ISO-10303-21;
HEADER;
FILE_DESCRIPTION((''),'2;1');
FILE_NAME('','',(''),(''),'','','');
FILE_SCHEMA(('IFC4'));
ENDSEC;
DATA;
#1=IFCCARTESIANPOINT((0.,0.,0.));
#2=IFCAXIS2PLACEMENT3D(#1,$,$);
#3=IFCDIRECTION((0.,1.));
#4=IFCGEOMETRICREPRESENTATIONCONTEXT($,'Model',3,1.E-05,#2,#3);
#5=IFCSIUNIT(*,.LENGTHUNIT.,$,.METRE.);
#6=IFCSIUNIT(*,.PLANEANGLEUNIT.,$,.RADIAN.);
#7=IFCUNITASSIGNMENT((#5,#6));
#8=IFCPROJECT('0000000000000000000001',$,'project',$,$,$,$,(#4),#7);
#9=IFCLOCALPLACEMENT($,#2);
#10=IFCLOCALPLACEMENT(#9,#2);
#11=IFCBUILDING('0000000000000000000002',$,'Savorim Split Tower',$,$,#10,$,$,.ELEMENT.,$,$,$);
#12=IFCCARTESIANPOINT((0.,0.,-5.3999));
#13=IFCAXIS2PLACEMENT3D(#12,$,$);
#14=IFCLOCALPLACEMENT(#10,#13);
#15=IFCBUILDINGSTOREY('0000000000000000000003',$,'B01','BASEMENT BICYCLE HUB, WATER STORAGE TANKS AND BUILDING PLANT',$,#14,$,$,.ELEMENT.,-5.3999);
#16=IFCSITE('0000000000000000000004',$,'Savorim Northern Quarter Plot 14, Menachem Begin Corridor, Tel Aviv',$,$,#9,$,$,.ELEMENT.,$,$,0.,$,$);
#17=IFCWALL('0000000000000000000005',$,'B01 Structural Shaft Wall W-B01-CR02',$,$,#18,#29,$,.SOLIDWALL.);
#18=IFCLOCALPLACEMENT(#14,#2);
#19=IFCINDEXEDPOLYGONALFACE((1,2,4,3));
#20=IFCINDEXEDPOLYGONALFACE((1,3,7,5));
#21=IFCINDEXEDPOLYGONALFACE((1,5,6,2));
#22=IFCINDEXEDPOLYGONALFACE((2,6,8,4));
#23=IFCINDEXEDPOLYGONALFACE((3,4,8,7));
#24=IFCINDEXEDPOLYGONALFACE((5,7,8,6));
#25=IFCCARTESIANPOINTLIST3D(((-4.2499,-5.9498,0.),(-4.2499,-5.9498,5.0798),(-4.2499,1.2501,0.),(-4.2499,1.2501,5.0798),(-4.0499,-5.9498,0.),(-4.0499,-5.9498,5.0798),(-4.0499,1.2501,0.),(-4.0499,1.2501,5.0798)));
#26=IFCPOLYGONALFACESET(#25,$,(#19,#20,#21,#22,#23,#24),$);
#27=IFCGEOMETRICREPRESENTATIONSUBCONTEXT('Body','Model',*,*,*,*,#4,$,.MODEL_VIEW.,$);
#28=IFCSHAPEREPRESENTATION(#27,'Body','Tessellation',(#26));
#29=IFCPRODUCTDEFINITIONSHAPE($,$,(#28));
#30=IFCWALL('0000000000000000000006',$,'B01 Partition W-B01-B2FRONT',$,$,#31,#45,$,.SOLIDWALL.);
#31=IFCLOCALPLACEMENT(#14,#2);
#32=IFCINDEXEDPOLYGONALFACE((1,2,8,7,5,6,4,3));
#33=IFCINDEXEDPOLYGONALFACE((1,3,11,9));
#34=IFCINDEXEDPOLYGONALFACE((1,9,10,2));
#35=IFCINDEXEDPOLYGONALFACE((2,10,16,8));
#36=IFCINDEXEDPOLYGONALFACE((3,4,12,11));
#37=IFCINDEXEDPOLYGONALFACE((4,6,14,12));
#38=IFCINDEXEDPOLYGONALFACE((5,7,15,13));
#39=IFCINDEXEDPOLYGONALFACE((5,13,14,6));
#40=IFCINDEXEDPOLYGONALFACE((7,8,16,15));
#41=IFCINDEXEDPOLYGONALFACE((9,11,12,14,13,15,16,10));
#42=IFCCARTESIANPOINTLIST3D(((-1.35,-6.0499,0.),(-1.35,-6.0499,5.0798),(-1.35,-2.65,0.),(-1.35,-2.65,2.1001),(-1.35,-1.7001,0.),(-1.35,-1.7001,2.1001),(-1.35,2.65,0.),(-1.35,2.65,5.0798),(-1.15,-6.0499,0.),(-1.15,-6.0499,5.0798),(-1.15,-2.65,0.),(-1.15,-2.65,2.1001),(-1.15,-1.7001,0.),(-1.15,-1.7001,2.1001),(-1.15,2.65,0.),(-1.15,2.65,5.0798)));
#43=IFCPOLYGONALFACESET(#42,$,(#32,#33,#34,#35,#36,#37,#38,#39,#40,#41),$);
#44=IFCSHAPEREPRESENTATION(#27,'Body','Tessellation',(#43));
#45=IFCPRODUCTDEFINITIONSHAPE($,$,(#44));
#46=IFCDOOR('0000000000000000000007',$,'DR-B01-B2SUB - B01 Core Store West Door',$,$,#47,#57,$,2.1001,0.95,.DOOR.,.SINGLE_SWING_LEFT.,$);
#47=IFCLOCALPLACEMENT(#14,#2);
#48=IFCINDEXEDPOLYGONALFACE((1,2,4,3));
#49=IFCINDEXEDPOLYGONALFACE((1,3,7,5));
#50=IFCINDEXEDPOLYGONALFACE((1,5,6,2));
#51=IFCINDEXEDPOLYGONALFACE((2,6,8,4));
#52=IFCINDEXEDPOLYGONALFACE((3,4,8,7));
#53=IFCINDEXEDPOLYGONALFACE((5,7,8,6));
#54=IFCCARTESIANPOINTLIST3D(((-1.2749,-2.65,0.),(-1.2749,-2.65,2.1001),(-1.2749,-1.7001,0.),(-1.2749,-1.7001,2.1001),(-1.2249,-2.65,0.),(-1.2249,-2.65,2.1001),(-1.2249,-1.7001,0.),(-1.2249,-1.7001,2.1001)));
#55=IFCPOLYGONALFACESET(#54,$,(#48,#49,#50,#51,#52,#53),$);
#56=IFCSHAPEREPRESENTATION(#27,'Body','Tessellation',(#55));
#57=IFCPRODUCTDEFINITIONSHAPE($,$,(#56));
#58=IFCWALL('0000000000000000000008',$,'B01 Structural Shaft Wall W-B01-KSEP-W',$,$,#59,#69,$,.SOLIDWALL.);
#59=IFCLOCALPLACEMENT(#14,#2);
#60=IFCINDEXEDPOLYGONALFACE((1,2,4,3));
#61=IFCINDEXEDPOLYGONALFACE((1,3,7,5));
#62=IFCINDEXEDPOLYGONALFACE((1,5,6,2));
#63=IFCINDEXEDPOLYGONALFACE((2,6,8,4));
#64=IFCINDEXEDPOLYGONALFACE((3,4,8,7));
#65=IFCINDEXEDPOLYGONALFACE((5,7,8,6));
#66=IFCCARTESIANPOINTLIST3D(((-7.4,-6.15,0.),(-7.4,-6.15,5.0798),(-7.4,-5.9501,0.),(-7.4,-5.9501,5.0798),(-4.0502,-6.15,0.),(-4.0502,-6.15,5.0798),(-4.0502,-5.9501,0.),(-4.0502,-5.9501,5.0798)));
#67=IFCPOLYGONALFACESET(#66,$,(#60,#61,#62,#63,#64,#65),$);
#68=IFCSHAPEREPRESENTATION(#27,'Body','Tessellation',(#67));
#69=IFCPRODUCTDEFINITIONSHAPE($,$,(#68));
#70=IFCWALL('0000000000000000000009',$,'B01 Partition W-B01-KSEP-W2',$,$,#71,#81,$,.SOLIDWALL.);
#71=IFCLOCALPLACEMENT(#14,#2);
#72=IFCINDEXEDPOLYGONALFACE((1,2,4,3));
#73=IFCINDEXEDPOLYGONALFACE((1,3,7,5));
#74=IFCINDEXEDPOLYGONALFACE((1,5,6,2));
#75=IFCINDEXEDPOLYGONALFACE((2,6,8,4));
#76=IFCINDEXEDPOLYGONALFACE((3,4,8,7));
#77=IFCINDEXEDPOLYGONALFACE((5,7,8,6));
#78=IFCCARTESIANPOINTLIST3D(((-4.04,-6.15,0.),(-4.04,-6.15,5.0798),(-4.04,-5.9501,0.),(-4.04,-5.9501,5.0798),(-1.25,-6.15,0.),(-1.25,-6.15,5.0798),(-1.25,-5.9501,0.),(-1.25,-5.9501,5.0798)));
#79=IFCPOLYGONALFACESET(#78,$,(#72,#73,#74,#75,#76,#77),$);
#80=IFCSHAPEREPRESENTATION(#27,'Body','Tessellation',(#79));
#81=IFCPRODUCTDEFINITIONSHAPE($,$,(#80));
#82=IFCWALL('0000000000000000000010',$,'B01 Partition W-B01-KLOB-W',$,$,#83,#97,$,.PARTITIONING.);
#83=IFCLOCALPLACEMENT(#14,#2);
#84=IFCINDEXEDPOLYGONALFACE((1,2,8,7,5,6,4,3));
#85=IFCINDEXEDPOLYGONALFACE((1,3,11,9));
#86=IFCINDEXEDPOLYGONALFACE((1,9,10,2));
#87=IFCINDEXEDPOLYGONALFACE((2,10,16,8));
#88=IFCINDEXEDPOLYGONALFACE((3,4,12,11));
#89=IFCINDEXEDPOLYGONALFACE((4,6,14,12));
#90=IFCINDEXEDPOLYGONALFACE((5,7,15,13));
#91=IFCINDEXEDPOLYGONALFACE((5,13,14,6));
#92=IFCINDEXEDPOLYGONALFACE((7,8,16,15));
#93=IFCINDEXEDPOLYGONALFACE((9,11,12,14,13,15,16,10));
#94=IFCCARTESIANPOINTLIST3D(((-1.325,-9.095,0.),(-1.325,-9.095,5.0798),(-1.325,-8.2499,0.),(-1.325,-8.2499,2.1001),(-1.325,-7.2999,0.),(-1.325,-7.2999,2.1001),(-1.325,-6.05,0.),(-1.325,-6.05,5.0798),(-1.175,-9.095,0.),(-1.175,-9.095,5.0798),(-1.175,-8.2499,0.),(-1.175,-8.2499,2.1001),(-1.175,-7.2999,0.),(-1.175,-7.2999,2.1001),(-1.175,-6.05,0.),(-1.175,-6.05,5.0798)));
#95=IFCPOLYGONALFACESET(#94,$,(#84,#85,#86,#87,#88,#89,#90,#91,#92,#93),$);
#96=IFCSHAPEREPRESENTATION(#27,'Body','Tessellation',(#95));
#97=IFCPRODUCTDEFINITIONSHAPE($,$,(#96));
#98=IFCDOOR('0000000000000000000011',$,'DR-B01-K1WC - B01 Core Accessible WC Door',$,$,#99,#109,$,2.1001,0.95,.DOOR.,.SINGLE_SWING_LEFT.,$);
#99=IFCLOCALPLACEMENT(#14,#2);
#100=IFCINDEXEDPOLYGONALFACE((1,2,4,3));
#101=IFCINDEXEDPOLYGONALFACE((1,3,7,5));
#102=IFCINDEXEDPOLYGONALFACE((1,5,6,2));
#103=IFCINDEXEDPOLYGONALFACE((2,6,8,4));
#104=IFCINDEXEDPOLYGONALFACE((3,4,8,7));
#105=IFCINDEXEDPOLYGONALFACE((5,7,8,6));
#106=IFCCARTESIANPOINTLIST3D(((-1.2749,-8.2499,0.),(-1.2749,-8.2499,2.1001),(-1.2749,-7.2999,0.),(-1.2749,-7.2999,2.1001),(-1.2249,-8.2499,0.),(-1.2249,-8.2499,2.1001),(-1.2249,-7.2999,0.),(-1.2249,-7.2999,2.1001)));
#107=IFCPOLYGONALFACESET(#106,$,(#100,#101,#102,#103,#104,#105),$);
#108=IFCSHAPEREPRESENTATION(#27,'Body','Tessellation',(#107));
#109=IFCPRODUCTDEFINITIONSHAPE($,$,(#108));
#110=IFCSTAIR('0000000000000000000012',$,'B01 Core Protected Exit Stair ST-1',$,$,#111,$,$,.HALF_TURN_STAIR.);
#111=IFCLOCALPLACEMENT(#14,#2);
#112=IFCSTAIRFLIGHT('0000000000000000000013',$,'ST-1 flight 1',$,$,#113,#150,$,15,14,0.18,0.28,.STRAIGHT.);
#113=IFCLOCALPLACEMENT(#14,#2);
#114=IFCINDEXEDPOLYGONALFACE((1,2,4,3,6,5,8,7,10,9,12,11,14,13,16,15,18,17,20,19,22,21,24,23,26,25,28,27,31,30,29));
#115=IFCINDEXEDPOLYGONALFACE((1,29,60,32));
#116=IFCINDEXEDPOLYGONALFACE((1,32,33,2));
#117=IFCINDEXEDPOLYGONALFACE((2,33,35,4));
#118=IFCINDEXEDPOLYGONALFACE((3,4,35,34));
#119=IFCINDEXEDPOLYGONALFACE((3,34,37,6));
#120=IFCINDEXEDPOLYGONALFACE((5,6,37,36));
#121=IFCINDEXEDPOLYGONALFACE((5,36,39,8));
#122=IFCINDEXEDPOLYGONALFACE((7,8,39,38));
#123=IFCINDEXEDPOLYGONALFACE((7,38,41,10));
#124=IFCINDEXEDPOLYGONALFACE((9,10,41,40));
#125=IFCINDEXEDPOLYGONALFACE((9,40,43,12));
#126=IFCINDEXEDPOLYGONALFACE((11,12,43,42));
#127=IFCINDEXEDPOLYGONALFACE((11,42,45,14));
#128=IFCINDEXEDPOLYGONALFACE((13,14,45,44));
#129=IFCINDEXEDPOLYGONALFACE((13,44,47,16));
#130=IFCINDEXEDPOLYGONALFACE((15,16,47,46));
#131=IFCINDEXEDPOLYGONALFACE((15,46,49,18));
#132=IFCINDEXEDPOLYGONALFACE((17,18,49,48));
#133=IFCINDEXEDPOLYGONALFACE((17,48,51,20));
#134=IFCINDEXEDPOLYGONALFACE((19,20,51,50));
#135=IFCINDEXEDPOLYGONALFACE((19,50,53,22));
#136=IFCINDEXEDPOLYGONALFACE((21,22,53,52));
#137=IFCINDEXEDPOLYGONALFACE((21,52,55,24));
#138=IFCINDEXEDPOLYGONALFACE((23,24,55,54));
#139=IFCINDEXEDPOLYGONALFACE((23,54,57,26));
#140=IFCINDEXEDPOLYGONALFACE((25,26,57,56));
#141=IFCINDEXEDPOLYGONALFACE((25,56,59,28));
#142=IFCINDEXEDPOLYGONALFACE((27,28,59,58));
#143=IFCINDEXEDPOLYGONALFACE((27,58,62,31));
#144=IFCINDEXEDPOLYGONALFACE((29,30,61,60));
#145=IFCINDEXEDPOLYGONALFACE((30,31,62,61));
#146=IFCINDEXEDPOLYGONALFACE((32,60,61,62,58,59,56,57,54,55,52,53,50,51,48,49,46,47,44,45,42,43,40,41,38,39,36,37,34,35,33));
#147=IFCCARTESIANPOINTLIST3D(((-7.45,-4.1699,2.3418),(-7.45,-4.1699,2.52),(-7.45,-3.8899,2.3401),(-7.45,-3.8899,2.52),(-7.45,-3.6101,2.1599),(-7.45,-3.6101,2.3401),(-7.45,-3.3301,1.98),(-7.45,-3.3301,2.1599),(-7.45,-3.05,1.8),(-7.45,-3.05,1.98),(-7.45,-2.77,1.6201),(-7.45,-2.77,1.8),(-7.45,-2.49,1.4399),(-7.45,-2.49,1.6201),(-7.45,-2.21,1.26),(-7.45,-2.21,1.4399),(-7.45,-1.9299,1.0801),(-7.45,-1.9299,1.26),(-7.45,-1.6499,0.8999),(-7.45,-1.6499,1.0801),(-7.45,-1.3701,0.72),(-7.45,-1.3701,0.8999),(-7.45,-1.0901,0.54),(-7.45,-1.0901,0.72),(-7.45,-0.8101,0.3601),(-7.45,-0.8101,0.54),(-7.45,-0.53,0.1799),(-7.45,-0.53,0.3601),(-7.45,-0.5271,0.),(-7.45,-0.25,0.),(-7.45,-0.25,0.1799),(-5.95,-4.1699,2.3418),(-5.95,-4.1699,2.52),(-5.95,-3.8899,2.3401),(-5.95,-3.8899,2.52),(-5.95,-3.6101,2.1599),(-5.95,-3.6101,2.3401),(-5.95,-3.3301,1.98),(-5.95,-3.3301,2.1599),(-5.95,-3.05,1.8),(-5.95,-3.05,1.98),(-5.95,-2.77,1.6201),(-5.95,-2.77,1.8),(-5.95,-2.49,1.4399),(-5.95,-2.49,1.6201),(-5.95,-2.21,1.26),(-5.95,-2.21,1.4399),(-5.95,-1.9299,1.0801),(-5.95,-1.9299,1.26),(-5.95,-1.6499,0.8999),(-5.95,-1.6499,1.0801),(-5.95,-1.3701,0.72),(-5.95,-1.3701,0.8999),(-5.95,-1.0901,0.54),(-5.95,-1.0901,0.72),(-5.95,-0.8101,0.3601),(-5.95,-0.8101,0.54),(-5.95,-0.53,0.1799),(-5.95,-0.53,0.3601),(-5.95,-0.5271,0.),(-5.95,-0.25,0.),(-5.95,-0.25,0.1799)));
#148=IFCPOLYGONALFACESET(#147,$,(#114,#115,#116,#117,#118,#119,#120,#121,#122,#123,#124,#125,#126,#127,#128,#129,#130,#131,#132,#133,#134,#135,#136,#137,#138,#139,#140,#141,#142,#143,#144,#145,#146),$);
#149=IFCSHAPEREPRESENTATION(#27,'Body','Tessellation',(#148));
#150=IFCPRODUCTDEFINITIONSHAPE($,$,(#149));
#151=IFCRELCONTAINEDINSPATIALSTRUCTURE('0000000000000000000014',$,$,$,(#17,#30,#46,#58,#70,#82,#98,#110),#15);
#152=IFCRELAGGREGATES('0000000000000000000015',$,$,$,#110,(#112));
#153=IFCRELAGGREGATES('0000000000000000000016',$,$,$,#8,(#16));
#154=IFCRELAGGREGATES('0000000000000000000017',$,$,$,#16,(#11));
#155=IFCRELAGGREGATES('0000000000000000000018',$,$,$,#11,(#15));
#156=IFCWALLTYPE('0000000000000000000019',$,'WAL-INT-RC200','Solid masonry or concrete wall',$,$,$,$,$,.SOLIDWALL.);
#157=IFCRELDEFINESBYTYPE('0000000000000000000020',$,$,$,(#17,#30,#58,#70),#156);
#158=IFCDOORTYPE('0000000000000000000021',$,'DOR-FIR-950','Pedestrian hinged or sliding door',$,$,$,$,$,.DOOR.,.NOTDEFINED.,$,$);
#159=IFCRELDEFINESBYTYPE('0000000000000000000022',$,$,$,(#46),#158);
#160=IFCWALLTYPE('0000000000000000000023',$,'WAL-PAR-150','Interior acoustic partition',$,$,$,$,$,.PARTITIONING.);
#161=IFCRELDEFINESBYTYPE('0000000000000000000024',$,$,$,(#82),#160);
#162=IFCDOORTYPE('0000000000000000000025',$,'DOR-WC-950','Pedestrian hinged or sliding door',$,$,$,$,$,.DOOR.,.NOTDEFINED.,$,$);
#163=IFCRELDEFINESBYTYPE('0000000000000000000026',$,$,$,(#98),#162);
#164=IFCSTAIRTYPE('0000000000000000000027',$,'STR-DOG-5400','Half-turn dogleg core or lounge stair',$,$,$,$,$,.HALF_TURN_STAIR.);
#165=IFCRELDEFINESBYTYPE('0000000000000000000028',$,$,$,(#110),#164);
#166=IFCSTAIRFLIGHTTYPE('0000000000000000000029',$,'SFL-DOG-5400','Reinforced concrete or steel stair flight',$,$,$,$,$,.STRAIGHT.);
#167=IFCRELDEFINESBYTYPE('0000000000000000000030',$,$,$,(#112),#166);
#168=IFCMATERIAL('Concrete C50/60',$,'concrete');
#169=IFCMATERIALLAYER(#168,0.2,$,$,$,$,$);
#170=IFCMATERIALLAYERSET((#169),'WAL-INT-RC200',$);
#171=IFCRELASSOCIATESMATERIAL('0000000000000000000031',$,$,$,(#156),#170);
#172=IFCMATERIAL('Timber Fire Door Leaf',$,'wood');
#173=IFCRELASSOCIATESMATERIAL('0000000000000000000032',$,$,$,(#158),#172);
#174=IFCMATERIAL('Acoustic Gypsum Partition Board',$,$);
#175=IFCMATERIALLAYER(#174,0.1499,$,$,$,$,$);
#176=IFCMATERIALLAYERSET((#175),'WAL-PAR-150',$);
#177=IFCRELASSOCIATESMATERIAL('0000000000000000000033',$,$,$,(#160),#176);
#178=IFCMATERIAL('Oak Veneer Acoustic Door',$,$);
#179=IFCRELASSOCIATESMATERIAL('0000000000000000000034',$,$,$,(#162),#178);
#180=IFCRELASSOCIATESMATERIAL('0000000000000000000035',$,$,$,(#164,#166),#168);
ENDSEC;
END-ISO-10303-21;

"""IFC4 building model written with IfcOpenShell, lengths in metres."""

from ifc_helpers import new_model, si_unit, direction, frame, frame_2d, origin, place, context, subcontext, project, spatial, polyline, rectangle, outline, extrude, material, layer, layer_set, type_object, element, fill, aggregate, save


model = new_model("IFC4")

# Units and contexts
model_context = context("Model", 3, precision=1e-05, world=origin(), true_north=direction((0.0, 1.0)))
body_context = subcontext(model_context, "Body", "Model", "MODEL_VIEW")
ifc_project = project(units=[si_unit("LENGTHUNIT", "METRE"), si_unit("PLANEANGLEUNIT", "RADIAN")], contexts=[model_context])

# Site, building, storey
site_placement = place(None, origin())
site = spatial("IfcSite", under=ifc_project, at=site_placement, Name="Savorim Northern Quarter Plot 14, Menachem Begin Corridor, Tel Aviv", CompositionType="ELEMENT", RefElevation=0.0)
building_placement = place(site_placement, origin())
building = spatial("IfcBuilding", under=site, at=building_placement, Name="Savorim Split Tower", CompositionType="ELEMENT")
storey_placement = place(building_placement, frame((0.0, 0.0, -5.3999)))
storey = spatial("IfcBuildingStorey", under=building, at=storey_placement, Name="B01", Description="BASEMENT BICYCLE HUB, WATER STORAGE TANKS AND BUILDING PLANT", CompositionType="ELEMENT", Elevation=-5.3999)

# Shared definitions
ifc_material_1 = material(Name="Concrete C50/60", Category="concrete")

# Wall
ifc_layer_1 = layer(ifc_material_1, 0.2)
ifc_layer_set_1 = layer_set([ifc_layer_1], Name="WAL-INT-RC200")
wall_type_1 = type_object("IfcWallType", Name="WAL-INT-RC200", Description="Solid masonry or concrete wall", PredefinedType="SOLIDWALL", material=ifc_layer_set_1)
wall_1_placement = place(storey_placement, frame((-4.1499, -5.95, 0.0), z_axis=(0.0, 0.0, 1.0), x_axis=(0.0, 1.0, 0.0)))
element("IfcWall", 1, at=wall_1_placement, inside=storey, type_object=wall_type_1, Name="B01 Structural Shaft Wall W-B01-CR02", PredefinedType="SOLIDWALL", context=body_context, shape_type="SweptSolid", body=[
    extrude(rectangle(XDim=7.2, YDim=0.2, at=frame_2d((3.6001, 0.0))), origin(), (0.0, 0.0, 1.0), 5.0798),
])

# Wall, opening, door
wall_2_placement = place(storey_placement, frame((-1.25, -6.05, 0.0), z_axis=(0.0, 0.0, 1.0), x_axis=(0.0, 1.0, 0.0)))
wall_2 = element("IfcWall", 2, at=wall_2_placement, inside=storey, type_object=wall_type_1, Name="B01 Partition W-B01-B2FRONT", PredefinedType="SOLIDWALL", context=body_context, shape_type="SweptSolid", body=[
    extrude(rectangle(XDim=8.7, YDim=0.2, at=frame_2d((4.3501, 0.0))), origin(), (0.0, 0.0, 1.0), 5.0798),
])
opening_1_placement = place(wall_2_placement, frame((3.3999, 0.0, 0.0)))
opening_1 = element("IfcOpeningElement", 3, at=opening_1_placement, cuts=wall_2, PredefinedType="OPENING", context=body_context, shape_type="SweptSolid", body=[
    extrude(rectangle(XDim=0.95, YDim=2.1001, at=frame_2d((0.4751, 1.05))), frame((0.0, 0.1099, 0.0), z_axis=(0.0, -1.0, 0.0), x_axis=(1.0, 0.0, 0.0)), (0.0, 0.0, 1.0), 0.22),
])
ifc_material_2 = material(Name="Timber Fire Door Leaf", Category="wood")
door_type_1 = type_object("IfcDoorType", Name="DOR-FIR-950", Description="Pedestrian hinged or sliding door", OperationType="NOTDEFINED", PredefinedType="DOOR", material=ifc_material_2)
door_1_placement = place(opening_1_placement, origin())
door_1 = element("IfcDoor", 4, at=door_1_placement, inside=storey, type_object=door_type_1, Name="DR-B01-B2SUB - B01 Core Store West Door", OperationType="SINGLE_SWING_LEFT", OverallHeight=2.1001, OverallWidth=0.95, PredefinedType="DOOR", context=body_context, shape_type="SweptSolid", body=[
    extrude(rectangle(XDim=0.95, YDim=2.1001, at=frame_2d((0.4751, 1.05))), frame((0.0, 0.0249, 0.0), z_axis=(0.0, -1.0, 0.0), x_axis=(1.0, 0.0, 0.0)), (0.0, 0.0, 1.0), 0.05),
])
fill(opening_1, door_1)

# Walls
wall_3_placement = place(storey_placement, frame((-7.3999, -6.05, 0.0), z_axis=(0.0, 0.0, 1.0), x_axis=(1.0, 0.0, 0.0)))
element("IfcWall", 5, at=wall_3_placement, inside=storey, type_object=wall_type_1, Name="B01 Structural Shaft Wall W-B01-KSEP-W", PredefinedType="SOLIDWALL", context=body_context, shape_type="SweptSolid", body=[
    extrude(rectangle(XDim=3.3499, YDim=0.2, at=frame_2d((1.6748, 0.0))), origin(), (0.0, 0.0, 1.0), 5.0798),
])
wall_4_placement = place(storey_placement, frame((-4.04, -6.05, 0.0), z_axis=(0.0, 0.0, 1.0), x_axis=(1.0, 0.0, 0.0)))
element("IfcWall", 6, at=wall_4_placement, inside=storey, type_object=wall_type_1, Name="B01 Partition W-B01-KSEP-W2", PredefinedType="SOLIDWALL", context=body_context, shape_type="SweptSolid", body=[
    extrude(rectangle(XDim=2.79, YDim=0.2, at=frame_2d((1.395, 0.0))), origin(), (0.0, 0.0, 1.0), 5.0798),
])

# Wall, opening, door
ifc_material_3 = material(Name="Acoustic Gypsum Partition Board")
ifc_layer_2 = layer(ifc_material_3, 0.1499)
ifc_layer_set_2 = layer_set([ifc_layer_2], Name="WAL-PAR-150")
wall_type_2 = type_object("IfcWallType", Name="WAL-PAR-150", Description="Interior acoustic partition", PredefinedType="PARTITIONING", material=ifc_layer_set_2)
wall_5_placement = place(storey_placement, frame((-1.25, -9.095, 0.0), z_axis=(0.0, 0.0, 1.0), x_axis=(0.0, 1.0, 0.0)))
wall_5 = element("IfcWall", 7, at=wall_5_placement, inside=storey, type_object=wall_type_2, Name="B01 Partition W-B01-KLOB-W", PredefinedType="PARTITIONING", context=body_context, shape_type="SweptSolid", body=[
    extrude(rectangle(XDim=3.0449, YDim=0.1499, at=frame_2d((1.5225, 0.0))), origin(), (0.0, 0.0, 1.0), 5.0798),
])
opening_2_placement = place(wall_5_placement, frame((0.845, 0.0, 0.0)))
opening_2 = element("IfcOpeningElement", 8, at=opening_2_placement, cuts=wall_5, PredefinedType="OPENING", context=body_context, shape_type="SweptSolid", body=[
    extrude(rectangle(XDim=0.95, YDim=2.1001, at=frame_2d((0.4751, 1.05))), frame((0.0, 0.085, 0.0), z_axis=(0.0, -1.0, 0.0), x_axis=(1.0, 0.0, 0.0)), (0.0, 0.0, 1.0), 0.1699),
])
ifc_material_4 = material(Name="Oak Veneer Acoustic Door")
door_type_2 = type_object("IfcDoorType", Name="DOR-WC-950", Description="Pedestrian hinged or sliding door", OperationType="NOTDEFINED", PredefinedType="DOOR", material=ifc_material_4)
door_2_placement = place(opening_2_placement, origin())
door_2 = element("IfcDoor", 9, at=door_2_placement, inside=storey, type_object=door_type_2, Name="DR-B01-K1WC - B01 Core Accessible WC Door", OperationType="SINGLE_SWING_LEFT", OverallHeight=2.1001, OverallWidth=0.95, PredefinedType="DOOR", context=body_context, shape_type="SweptSolid", body=[
    extrude(rectangle(XDim=0.95, YDim=2.1001, at=frame_2d((0.4751, 1.05))), frame((0.0, 0.0249, 0.0), z_axis=(0.0, -1.0, 0.0), x_axis=(1.0, 0.0, 0.0)), (0.0, 0.0, 1.0), 0.05),
])
fill(opening_2, door_2)

# Stair, stair flight
stair_type = type_object("IfcStairType", Name="STR-DOG-5400", Description="Half-turn dogleg core or lounge stair", PredefinedType="HALF_TURN_STAIR", material=ifc_material_1)
stair_placement = place(storey_placement, origin())
stair = element("IfcStair", 10, at=stair_placement, inside=storey, type_object=stair_type, Name="B01 Core Protected Exit Stair ST-1", PredefinedType="HALF_TURN_STAIR")
stair_flight_type = type_object("IfcStairFlightType", Name="SFL-DOG-5400", Description="Reinforced concrete or steel stair flight", PredefinedType="STRAIGHT", material=ifc_material_1)
stair_flight_1_placement = place(storey_placement, frame((-6.7, -0.25, 0.0), z_axis=(0.0, 0.0, 1.0), x_axis=(0.0, -1.0, 0.0)))
stair_flight_1 = element("IfcStairFlight", 11, at=stair_flight_1_placement, type_object=stair_flight_type, Name="ST-1 flight 1", NumberOfRisers=15, NumberOfTreads=14, PredefinedType="STRAIGHT", RiserHeight=0.18, TreadLength=0.28, context=body_context, shape_type="SweptSolid", body=[
    extrude(outline(polyline([(0.0, 0.0), (0.0, 0.1799), (0.28, 0.1799), (0.28, 0.3601), (0.5601, 0.3601), (0.5601, 0.54), (0.8401, 0.54), (0.8401, 0.72), (1.1201, 0.72), (1.1201, 0.8999), (1.3999, 0.8999), (1.3999, 1.0801), (1.6799, 1.0801), (1.6799, 1.26), (1.96, 1.26), (1.96, 1.4399), (2.24, 1.4399), (2.24, 1.6201), (2.52, 1.6201), (2.52, 1.8), (2.8, 1.8), (2.8, 1.98), (3.0801, 1.98), (3.0801, 2.1599), (3.3601, 2.1599), (3.3601, 2.3401), (3.6399, 2.3401), (3.6399, 2.52), (3.9199, 2.52), (3.9199, 2.7), (3.9199, 2.3418), (0.2771, 0.0), (0.0, 0.0)])), frame((0.0, 0.75, 0.0), z_axis=(0.0, -1.0, 0.0), x_axis=(1.0, 0.0, 0.0)), (0.0, 0.0, 1.0), 1.5),
])
aggregate(stair, [stair_flight_1])

save(model, "model.ifc")
